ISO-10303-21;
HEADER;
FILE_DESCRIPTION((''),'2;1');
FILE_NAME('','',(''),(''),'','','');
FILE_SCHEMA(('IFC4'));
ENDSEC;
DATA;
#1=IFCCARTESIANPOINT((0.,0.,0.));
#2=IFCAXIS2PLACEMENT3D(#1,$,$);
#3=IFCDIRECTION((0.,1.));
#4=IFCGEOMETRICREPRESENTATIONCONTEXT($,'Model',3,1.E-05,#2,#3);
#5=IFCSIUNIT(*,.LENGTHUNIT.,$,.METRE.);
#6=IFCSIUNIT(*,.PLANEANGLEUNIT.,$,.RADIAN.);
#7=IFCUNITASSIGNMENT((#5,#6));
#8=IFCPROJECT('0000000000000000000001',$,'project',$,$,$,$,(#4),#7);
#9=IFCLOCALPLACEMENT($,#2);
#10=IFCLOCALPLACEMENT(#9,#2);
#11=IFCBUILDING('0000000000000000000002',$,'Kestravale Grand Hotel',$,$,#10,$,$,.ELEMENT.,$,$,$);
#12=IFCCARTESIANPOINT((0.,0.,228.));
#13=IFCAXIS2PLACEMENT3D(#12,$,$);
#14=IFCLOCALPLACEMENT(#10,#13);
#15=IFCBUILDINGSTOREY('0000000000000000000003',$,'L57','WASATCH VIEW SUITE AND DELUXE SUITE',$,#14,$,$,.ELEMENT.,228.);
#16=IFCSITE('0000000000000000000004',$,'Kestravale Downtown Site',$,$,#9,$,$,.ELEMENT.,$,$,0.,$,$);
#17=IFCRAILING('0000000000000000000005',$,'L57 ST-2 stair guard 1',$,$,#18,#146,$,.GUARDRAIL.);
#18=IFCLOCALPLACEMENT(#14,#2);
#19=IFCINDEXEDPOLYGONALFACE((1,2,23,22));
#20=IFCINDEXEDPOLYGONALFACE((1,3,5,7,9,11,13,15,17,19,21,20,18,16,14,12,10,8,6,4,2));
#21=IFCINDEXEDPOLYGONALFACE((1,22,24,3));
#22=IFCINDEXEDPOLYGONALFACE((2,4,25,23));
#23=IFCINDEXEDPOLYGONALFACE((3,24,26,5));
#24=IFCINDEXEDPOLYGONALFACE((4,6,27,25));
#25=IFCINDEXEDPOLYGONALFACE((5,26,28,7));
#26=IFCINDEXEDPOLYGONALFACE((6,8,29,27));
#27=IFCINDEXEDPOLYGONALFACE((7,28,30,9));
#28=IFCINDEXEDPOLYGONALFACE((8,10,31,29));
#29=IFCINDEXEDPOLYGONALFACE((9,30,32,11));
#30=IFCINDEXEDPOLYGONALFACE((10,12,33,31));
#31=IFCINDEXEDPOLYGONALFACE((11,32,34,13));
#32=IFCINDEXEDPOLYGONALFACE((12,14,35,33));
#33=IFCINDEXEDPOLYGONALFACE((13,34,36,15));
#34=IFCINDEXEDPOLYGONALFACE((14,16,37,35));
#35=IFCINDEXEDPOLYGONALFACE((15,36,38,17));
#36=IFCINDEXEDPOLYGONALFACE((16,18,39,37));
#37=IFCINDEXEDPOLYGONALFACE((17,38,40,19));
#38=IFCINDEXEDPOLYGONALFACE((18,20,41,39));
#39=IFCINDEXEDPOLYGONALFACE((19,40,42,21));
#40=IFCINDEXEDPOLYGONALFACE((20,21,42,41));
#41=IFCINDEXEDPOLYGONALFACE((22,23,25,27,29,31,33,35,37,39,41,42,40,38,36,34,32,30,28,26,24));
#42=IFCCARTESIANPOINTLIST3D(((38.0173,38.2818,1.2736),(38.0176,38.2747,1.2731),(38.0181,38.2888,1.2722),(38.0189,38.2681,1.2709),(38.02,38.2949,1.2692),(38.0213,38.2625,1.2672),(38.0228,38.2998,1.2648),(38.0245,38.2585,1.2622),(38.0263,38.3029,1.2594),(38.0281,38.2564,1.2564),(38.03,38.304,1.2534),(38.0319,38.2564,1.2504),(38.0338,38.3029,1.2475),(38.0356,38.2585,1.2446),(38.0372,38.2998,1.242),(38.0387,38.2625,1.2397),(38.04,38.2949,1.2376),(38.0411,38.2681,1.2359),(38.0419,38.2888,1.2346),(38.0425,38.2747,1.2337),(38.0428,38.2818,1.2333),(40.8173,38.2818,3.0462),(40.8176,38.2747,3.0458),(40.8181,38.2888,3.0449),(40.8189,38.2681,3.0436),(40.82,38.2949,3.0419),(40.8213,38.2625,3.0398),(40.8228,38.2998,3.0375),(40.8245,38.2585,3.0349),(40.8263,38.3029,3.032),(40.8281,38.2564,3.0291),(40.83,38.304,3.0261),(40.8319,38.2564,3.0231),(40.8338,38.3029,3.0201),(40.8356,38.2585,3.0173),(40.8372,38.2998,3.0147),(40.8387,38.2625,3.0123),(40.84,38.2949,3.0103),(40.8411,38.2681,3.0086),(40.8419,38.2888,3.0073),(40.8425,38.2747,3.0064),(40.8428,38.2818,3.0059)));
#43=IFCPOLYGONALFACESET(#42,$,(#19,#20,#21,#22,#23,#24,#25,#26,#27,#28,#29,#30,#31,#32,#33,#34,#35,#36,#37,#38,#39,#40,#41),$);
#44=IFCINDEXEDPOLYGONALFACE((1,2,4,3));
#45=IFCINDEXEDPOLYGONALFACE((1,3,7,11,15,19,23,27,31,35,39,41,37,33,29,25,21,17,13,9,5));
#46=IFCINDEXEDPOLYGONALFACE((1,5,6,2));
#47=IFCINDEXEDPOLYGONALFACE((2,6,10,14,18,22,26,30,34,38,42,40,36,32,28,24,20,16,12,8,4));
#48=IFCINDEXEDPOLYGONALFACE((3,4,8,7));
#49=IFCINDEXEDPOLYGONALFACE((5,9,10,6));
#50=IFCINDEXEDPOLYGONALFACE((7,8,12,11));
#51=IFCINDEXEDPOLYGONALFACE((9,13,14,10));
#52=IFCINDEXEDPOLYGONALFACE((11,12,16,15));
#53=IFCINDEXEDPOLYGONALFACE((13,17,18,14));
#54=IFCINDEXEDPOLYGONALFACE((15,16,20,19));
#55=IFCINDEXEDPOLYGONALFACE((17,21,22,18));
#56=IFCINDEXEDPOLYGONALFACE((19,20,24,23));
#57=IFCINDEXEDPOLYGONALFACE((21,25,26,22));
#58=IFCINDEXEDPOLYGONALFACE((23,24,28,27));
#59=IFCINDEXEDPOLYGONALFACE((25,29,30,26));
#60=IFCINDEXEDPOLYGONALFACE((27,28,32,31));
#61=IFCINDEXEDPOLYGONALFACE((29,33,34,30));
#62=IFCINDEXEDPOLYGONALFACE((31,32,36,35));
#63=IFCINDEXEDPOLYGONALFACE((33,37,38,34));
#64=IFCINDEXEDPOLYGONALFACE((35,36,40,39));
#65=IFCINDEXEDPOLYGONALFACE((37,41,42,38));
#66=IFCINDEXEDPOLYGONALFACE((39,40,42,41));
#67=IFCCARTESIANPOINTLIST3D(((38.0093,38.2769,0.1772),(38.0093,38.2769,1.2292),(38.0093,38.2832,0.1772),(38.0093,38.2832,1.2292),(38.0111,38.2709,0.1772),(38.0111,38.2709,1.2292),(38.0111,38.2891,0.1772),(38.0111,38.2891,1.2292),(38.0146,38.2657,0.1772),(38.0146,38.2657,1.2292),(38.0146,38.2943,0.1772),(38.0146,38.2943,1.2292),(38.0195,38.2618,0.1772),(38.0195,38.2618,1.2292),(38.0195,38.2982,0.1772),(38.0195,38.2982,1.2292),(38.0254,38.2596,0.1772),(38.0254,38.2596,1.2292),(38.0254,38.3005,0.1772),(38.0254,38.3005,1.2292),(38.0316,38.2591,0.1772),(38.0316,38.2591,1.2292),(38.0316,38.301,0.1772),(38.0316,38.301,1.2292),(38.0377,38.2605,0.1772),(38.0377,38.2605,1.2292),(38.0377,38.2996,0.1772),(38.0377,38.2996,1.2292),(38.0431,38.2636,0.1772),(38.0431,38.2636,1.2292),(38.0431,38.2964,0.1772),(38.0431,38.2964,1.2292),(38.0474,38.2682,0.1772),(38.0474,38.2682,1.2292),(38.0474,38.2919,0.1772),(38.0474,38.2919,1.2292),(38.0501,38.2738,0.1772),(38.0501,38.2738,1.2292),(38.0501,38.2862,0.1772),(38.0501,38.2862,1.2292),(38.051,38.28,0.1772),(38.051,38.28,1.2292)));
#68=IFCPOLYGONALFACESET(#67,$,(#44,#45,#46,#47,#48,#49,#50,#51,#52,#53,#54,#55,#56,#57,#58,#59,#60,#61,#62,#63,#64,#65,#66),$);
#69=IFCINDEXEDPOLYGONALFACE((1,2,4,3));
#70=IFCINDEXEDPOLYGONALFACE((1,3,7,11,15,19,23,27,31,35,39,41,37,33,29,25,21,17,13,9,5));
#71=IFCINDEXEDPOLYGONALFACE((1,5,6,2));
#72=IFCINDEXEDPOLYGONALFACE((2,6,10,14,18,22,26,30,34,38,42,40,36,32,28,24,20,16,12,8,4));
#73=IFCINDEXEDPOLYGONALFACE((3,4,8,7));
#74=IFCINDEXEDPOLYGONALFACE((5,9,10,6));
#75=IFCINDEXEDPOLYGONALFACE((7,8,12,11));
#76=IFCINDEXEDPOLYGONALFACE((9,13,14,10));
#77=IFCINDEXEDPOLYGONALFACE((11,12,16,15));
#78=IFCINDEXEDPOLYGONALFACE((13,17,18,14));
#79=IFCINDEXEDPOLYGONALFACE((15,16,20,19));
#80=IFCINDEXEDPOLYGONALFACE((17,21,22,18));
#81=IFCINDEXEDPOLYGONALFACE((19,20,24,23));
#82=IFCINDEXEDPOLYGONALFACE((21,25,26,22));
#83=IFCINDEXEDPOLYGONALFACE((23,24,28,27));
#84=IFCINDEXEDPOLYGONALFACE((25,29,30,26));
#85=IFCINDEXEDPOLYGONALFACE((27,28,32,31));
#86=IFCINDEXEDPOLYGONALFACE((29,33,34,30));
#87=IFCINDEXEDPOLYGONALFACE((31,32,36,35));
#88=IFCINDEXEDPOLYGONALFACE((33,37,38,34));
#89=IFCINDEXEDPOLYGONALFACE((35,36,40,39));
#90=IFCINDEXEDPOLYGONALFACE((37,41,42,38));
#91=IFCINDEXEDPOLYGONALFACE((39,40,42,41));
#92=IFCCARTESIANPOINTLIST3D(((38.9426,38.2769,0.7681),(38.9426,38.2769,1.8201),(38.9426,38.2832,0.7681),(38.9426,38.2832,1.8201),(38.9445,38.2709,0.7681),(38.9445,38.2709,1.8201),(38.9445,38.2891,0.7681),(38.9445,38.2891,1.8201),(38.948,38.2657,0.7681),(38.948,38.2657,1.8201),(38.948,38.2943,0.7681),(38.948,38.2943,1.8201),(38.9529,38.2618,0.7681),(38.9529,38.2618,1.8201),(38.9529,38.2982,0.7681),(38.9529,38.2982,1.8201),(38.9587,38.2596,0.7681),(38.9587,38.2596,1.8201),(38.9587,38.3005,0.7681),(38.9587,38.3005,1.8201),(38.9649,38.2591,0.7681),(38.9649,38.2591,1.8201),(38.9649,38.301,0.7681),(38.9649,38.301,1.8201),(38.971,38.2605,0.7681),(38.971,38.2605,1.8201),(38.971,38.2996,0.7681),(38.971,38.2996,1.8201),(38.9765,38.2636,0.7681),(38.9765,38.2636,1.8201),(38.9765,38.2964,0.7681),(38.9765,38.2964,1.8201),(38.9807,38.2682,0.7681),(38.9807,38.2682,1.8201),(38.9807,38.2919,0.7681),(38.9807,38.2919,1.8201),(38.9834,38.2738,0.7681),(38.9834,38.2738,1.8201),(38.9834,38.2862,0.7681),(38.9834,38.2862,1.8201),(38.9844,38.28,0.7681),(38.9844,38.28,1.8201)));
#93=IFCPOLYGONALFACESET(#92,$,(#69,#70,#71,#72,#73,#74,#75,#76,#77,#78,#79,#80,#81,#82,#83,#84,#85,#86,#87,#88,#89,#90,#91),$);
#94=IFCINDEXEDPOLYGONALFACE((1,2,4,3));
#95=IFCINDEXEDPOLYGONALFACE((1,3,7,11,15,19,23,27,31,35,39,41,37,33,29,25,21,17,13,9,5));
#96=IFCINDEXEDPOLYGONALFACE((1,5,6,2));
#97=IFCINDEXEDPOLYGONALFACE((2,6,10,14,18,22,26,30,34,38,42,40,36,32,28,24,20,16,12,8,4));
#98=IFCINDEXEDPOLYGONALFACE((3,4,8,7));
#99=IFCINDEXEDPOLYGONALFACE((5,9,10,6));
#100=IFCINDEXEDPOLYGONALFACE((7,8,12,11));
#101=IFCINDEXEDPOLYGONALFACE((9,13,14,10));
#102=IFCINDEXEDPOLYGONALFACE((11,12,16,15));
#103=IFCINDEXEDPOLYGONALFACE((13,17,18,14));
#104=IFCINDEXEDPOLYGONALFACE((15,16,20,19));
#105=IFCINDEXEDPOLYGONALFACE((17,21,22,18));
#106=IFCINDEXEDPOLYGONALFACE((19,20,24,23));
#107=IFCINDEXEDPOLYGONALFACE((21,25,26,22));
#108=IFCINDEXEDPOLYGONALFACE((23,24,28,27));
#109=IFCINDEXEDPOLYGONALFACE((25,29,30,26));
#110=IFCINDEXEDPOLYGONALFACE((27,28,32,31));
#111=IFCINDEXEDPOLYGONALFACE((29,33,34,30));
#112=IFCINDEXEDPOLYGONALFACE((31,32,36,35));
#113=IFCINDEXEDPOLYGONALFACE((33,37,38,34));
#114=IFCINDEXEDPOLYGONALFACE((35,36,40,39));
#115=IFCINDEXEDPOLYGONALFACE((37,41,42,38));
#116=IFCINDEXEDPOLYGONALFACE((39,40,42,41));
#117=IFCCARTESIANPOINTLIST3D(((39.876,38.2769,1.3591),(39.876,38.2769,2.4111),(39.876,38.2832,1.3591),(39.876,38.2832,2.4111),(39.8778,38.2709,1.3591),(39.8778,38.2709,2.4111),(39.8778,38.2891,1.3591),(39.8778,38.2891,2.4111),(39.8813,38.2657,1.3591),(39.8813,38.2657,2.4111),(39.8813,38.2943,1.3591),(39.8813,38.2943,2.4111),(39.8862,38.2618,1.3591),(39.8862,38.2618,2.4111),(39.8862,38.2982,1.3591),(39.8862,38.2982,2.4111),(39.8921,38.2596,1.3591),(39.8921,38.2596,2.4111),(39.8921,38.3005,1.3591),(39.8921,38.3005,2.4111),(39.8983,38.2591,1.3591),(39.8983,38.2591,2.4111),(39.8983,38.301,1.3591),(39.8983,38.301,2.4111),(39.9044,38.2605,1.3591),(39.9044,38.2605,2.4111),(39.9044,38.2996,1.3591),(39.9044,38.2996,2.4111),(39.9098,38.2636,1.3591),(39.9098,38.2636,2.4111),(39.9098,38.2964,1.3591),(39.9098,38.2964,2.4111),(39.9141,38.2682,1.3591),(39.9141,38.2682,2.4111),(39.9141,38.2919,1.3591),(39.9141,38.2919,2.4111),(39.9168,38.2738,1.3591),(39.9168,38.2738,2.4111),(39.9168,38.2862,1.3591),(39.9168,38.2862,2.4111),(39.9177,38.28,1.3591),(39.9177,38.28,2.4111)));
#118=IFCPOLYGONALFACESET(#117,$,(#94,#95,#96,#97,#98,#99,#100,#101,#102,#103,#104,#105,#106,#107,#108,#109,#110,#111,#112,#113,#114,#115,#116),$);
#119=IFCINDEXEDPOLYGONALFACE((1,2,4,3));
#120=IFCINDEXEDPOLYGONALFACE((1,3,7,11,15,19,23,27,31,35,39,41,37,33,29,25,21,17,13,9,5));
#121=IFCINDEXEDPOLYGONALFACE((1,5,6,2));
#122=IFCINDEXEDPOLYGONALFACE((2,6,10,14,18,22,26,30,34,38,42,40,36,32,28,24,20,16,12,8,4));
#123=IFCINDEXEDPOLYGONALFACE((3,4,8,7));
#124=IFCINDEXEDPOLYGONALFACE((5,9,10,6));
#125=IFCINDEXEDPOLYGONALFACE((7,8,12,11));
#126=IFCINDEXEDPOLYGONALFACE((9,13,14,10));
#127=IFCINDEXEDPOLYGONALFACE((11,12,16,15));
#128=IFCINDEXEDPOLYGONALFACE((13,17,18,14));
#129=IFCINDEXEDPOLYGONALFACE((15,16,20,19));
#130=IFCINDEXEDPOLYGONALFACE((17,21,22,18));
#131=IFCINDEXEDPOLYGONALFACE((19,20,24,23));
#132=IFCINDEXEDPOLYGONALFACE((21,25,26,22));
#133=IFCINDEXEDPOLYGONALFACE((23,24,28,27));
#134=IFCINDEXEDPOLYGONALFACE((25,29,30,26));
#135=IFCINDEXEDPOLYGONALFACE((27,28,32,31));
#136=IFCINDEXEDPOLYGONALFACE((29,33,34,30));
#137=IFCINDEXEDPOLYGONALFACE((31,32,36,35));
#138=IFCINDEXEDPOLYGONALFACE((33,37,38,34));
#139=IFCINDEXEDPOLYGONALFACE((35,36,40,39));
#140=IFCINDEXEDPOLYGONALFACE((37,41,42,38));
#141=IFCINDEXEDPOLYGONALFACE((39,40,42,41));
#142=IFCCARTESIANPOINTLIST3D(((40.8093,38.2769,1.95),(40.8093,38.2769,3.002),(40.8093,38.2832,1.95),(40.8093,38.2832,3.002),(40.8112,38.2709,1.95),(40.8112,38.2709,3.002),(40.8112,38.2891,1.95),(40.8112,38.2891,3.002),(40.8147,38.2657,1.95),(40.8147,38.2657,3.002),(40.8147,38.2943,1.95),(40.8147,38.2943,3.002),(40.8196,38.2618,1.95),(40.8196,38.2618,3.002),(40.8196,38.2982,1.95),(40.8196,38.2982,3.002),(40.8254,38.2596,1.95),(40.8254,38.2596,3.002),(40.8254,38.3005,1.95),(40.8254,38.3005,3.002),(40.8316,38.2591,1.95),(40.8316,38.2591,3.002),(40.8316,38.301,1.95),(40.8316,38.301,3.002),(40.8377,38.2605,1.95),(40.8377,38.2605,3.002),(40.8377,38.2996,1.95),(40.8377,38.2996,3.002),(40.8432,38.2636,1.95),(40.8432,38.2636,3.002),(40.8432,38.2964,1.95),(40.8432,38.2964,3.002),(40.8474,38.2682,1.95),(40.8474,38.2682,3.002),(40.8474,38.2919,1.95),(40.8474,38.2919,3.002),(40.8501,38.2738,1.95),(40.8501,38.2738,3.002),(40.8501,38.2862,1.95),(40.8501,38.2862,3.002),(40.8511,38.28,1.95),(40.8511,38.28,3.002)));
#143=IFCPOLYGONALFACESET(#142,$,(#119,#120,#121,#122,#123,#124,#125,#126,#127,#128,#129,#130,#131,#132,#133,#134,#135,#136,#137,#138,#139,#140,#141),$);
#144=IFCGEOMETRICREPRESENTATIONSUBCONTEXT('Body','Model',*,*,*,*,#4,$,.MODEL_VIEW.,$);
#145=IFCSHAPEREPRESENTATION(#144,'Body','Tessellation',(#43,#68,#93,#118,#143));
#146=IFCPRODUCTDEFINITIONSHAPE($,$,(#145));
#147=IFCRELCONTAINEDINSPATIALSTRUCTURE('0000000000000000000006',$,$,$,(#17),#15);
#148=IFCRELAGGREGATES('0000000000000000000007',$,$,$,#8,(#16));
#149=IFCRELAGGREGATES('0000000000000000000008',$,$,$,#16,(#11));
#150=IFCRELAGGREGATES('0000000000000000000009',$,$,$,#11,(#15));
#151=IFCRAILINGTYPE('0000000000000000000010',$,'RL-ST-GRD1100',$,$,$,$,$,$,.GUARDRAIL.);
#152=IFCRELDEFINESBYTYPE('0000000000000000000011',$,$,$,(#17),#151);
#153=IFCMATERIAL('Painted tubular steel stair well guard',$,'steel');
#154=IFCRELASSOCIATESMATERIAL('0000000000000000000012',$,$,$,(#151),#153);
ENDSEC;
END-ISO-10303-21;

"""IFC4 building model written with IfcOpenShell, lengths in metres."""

from ifc_helpers import new_model, si_unit, direction, frame, origin, origin_2d, place, context, subcontext, project, spatial, circle, extrude, material, type_object, element, save


model = new_model("IFC4")

# Units and contexts
model_context = context("Model", 3, precision=1e-05, world=origin(), true_north=direction((0.0, 1.0)))
body_context = subcontext(model_context, "Body", "Model", "MODEL_VIEW")
ifc_project = project(units=[si_unit("LENGTHUNIT", "METRE"), si_unit("PLANEANGLEUNIT", "RADIAN")], contexts=[model_context])

# Site, building, storey
site_placement = place(None, origin())
site = spatial("IfcSite", under=ifc_project, at=site_placement, Name="Kestravale Downtown Site", CompositionType="ELEMENT", RefElevation=0.0)
building_placement = place(site_placement, origin())
building = spatial("IfcBuilding", under=site, at=building_placement, Name="Kestravale Grand Hotel", CompositionType="ELEMENT")
storey_placement = place(building_placement, frame((0.0, 0.0, 228.0)))
storey = spatial("IfcBuildingStorey", under=building, at=storey_placement, Name="L57", Description="WASATCH VIEW SUITE AND DELUXE SUITE", CompositionType="ELEMENT", Elevation=228.0)

# Railing
ifc_material_1 = material(Name="Painted tubular steel stair well guard", Category="steel")
railing_type_1 = type_object("IfcRailingType", Name="RL-ST-GRD1100", PredefinedType="GUARDRAIL", material=ifc_material_1)
railing_1_placement = place(storey_placement, frame((38.03, 38.28, 0.1772)))
element("IfcRailing", 1, at=railing_1_placement, inside=storey, type_object=railing_type_1, Name="L57 ST-2 stair guard 1", PredefinedType="GUARDRAIL", context=body_context, shape_type="SweptSolid", body=[
    extrude(circle(Radius=0.0239, at=origin_2d()), frame((0.0, 0.0, 1.0762), z_axis=(0.844909, 0.0, 0.53491), x_axis=(0.0, 1.0, 0.0)), (0.0, 0.0, 1.0), 3.314),
    extrude(circle(Radius=0.021, at=origin_2d()), origin(), (0.0, 0.0, 1.0), 1.052),
    extrude(circle(Radius=0.021, at=origin_2d()), frame((0.9333, 0.0, 0.5908)), (0.0, 0.0, 1.0), 1.052),
    extrude(circle(Radius=0.021, at=origin_2d()), frame((1.8667, 0.0, 1.1819)), (0.0, 0.0, 1.0), 1.052),
    extrude(circle(Radius=0.021, at=origin_2d()), frame((2.8, 0.0, 1.7727)), (0.0, 0.0, 1.0), 1.052),
])

save(model, "model.ifc")
